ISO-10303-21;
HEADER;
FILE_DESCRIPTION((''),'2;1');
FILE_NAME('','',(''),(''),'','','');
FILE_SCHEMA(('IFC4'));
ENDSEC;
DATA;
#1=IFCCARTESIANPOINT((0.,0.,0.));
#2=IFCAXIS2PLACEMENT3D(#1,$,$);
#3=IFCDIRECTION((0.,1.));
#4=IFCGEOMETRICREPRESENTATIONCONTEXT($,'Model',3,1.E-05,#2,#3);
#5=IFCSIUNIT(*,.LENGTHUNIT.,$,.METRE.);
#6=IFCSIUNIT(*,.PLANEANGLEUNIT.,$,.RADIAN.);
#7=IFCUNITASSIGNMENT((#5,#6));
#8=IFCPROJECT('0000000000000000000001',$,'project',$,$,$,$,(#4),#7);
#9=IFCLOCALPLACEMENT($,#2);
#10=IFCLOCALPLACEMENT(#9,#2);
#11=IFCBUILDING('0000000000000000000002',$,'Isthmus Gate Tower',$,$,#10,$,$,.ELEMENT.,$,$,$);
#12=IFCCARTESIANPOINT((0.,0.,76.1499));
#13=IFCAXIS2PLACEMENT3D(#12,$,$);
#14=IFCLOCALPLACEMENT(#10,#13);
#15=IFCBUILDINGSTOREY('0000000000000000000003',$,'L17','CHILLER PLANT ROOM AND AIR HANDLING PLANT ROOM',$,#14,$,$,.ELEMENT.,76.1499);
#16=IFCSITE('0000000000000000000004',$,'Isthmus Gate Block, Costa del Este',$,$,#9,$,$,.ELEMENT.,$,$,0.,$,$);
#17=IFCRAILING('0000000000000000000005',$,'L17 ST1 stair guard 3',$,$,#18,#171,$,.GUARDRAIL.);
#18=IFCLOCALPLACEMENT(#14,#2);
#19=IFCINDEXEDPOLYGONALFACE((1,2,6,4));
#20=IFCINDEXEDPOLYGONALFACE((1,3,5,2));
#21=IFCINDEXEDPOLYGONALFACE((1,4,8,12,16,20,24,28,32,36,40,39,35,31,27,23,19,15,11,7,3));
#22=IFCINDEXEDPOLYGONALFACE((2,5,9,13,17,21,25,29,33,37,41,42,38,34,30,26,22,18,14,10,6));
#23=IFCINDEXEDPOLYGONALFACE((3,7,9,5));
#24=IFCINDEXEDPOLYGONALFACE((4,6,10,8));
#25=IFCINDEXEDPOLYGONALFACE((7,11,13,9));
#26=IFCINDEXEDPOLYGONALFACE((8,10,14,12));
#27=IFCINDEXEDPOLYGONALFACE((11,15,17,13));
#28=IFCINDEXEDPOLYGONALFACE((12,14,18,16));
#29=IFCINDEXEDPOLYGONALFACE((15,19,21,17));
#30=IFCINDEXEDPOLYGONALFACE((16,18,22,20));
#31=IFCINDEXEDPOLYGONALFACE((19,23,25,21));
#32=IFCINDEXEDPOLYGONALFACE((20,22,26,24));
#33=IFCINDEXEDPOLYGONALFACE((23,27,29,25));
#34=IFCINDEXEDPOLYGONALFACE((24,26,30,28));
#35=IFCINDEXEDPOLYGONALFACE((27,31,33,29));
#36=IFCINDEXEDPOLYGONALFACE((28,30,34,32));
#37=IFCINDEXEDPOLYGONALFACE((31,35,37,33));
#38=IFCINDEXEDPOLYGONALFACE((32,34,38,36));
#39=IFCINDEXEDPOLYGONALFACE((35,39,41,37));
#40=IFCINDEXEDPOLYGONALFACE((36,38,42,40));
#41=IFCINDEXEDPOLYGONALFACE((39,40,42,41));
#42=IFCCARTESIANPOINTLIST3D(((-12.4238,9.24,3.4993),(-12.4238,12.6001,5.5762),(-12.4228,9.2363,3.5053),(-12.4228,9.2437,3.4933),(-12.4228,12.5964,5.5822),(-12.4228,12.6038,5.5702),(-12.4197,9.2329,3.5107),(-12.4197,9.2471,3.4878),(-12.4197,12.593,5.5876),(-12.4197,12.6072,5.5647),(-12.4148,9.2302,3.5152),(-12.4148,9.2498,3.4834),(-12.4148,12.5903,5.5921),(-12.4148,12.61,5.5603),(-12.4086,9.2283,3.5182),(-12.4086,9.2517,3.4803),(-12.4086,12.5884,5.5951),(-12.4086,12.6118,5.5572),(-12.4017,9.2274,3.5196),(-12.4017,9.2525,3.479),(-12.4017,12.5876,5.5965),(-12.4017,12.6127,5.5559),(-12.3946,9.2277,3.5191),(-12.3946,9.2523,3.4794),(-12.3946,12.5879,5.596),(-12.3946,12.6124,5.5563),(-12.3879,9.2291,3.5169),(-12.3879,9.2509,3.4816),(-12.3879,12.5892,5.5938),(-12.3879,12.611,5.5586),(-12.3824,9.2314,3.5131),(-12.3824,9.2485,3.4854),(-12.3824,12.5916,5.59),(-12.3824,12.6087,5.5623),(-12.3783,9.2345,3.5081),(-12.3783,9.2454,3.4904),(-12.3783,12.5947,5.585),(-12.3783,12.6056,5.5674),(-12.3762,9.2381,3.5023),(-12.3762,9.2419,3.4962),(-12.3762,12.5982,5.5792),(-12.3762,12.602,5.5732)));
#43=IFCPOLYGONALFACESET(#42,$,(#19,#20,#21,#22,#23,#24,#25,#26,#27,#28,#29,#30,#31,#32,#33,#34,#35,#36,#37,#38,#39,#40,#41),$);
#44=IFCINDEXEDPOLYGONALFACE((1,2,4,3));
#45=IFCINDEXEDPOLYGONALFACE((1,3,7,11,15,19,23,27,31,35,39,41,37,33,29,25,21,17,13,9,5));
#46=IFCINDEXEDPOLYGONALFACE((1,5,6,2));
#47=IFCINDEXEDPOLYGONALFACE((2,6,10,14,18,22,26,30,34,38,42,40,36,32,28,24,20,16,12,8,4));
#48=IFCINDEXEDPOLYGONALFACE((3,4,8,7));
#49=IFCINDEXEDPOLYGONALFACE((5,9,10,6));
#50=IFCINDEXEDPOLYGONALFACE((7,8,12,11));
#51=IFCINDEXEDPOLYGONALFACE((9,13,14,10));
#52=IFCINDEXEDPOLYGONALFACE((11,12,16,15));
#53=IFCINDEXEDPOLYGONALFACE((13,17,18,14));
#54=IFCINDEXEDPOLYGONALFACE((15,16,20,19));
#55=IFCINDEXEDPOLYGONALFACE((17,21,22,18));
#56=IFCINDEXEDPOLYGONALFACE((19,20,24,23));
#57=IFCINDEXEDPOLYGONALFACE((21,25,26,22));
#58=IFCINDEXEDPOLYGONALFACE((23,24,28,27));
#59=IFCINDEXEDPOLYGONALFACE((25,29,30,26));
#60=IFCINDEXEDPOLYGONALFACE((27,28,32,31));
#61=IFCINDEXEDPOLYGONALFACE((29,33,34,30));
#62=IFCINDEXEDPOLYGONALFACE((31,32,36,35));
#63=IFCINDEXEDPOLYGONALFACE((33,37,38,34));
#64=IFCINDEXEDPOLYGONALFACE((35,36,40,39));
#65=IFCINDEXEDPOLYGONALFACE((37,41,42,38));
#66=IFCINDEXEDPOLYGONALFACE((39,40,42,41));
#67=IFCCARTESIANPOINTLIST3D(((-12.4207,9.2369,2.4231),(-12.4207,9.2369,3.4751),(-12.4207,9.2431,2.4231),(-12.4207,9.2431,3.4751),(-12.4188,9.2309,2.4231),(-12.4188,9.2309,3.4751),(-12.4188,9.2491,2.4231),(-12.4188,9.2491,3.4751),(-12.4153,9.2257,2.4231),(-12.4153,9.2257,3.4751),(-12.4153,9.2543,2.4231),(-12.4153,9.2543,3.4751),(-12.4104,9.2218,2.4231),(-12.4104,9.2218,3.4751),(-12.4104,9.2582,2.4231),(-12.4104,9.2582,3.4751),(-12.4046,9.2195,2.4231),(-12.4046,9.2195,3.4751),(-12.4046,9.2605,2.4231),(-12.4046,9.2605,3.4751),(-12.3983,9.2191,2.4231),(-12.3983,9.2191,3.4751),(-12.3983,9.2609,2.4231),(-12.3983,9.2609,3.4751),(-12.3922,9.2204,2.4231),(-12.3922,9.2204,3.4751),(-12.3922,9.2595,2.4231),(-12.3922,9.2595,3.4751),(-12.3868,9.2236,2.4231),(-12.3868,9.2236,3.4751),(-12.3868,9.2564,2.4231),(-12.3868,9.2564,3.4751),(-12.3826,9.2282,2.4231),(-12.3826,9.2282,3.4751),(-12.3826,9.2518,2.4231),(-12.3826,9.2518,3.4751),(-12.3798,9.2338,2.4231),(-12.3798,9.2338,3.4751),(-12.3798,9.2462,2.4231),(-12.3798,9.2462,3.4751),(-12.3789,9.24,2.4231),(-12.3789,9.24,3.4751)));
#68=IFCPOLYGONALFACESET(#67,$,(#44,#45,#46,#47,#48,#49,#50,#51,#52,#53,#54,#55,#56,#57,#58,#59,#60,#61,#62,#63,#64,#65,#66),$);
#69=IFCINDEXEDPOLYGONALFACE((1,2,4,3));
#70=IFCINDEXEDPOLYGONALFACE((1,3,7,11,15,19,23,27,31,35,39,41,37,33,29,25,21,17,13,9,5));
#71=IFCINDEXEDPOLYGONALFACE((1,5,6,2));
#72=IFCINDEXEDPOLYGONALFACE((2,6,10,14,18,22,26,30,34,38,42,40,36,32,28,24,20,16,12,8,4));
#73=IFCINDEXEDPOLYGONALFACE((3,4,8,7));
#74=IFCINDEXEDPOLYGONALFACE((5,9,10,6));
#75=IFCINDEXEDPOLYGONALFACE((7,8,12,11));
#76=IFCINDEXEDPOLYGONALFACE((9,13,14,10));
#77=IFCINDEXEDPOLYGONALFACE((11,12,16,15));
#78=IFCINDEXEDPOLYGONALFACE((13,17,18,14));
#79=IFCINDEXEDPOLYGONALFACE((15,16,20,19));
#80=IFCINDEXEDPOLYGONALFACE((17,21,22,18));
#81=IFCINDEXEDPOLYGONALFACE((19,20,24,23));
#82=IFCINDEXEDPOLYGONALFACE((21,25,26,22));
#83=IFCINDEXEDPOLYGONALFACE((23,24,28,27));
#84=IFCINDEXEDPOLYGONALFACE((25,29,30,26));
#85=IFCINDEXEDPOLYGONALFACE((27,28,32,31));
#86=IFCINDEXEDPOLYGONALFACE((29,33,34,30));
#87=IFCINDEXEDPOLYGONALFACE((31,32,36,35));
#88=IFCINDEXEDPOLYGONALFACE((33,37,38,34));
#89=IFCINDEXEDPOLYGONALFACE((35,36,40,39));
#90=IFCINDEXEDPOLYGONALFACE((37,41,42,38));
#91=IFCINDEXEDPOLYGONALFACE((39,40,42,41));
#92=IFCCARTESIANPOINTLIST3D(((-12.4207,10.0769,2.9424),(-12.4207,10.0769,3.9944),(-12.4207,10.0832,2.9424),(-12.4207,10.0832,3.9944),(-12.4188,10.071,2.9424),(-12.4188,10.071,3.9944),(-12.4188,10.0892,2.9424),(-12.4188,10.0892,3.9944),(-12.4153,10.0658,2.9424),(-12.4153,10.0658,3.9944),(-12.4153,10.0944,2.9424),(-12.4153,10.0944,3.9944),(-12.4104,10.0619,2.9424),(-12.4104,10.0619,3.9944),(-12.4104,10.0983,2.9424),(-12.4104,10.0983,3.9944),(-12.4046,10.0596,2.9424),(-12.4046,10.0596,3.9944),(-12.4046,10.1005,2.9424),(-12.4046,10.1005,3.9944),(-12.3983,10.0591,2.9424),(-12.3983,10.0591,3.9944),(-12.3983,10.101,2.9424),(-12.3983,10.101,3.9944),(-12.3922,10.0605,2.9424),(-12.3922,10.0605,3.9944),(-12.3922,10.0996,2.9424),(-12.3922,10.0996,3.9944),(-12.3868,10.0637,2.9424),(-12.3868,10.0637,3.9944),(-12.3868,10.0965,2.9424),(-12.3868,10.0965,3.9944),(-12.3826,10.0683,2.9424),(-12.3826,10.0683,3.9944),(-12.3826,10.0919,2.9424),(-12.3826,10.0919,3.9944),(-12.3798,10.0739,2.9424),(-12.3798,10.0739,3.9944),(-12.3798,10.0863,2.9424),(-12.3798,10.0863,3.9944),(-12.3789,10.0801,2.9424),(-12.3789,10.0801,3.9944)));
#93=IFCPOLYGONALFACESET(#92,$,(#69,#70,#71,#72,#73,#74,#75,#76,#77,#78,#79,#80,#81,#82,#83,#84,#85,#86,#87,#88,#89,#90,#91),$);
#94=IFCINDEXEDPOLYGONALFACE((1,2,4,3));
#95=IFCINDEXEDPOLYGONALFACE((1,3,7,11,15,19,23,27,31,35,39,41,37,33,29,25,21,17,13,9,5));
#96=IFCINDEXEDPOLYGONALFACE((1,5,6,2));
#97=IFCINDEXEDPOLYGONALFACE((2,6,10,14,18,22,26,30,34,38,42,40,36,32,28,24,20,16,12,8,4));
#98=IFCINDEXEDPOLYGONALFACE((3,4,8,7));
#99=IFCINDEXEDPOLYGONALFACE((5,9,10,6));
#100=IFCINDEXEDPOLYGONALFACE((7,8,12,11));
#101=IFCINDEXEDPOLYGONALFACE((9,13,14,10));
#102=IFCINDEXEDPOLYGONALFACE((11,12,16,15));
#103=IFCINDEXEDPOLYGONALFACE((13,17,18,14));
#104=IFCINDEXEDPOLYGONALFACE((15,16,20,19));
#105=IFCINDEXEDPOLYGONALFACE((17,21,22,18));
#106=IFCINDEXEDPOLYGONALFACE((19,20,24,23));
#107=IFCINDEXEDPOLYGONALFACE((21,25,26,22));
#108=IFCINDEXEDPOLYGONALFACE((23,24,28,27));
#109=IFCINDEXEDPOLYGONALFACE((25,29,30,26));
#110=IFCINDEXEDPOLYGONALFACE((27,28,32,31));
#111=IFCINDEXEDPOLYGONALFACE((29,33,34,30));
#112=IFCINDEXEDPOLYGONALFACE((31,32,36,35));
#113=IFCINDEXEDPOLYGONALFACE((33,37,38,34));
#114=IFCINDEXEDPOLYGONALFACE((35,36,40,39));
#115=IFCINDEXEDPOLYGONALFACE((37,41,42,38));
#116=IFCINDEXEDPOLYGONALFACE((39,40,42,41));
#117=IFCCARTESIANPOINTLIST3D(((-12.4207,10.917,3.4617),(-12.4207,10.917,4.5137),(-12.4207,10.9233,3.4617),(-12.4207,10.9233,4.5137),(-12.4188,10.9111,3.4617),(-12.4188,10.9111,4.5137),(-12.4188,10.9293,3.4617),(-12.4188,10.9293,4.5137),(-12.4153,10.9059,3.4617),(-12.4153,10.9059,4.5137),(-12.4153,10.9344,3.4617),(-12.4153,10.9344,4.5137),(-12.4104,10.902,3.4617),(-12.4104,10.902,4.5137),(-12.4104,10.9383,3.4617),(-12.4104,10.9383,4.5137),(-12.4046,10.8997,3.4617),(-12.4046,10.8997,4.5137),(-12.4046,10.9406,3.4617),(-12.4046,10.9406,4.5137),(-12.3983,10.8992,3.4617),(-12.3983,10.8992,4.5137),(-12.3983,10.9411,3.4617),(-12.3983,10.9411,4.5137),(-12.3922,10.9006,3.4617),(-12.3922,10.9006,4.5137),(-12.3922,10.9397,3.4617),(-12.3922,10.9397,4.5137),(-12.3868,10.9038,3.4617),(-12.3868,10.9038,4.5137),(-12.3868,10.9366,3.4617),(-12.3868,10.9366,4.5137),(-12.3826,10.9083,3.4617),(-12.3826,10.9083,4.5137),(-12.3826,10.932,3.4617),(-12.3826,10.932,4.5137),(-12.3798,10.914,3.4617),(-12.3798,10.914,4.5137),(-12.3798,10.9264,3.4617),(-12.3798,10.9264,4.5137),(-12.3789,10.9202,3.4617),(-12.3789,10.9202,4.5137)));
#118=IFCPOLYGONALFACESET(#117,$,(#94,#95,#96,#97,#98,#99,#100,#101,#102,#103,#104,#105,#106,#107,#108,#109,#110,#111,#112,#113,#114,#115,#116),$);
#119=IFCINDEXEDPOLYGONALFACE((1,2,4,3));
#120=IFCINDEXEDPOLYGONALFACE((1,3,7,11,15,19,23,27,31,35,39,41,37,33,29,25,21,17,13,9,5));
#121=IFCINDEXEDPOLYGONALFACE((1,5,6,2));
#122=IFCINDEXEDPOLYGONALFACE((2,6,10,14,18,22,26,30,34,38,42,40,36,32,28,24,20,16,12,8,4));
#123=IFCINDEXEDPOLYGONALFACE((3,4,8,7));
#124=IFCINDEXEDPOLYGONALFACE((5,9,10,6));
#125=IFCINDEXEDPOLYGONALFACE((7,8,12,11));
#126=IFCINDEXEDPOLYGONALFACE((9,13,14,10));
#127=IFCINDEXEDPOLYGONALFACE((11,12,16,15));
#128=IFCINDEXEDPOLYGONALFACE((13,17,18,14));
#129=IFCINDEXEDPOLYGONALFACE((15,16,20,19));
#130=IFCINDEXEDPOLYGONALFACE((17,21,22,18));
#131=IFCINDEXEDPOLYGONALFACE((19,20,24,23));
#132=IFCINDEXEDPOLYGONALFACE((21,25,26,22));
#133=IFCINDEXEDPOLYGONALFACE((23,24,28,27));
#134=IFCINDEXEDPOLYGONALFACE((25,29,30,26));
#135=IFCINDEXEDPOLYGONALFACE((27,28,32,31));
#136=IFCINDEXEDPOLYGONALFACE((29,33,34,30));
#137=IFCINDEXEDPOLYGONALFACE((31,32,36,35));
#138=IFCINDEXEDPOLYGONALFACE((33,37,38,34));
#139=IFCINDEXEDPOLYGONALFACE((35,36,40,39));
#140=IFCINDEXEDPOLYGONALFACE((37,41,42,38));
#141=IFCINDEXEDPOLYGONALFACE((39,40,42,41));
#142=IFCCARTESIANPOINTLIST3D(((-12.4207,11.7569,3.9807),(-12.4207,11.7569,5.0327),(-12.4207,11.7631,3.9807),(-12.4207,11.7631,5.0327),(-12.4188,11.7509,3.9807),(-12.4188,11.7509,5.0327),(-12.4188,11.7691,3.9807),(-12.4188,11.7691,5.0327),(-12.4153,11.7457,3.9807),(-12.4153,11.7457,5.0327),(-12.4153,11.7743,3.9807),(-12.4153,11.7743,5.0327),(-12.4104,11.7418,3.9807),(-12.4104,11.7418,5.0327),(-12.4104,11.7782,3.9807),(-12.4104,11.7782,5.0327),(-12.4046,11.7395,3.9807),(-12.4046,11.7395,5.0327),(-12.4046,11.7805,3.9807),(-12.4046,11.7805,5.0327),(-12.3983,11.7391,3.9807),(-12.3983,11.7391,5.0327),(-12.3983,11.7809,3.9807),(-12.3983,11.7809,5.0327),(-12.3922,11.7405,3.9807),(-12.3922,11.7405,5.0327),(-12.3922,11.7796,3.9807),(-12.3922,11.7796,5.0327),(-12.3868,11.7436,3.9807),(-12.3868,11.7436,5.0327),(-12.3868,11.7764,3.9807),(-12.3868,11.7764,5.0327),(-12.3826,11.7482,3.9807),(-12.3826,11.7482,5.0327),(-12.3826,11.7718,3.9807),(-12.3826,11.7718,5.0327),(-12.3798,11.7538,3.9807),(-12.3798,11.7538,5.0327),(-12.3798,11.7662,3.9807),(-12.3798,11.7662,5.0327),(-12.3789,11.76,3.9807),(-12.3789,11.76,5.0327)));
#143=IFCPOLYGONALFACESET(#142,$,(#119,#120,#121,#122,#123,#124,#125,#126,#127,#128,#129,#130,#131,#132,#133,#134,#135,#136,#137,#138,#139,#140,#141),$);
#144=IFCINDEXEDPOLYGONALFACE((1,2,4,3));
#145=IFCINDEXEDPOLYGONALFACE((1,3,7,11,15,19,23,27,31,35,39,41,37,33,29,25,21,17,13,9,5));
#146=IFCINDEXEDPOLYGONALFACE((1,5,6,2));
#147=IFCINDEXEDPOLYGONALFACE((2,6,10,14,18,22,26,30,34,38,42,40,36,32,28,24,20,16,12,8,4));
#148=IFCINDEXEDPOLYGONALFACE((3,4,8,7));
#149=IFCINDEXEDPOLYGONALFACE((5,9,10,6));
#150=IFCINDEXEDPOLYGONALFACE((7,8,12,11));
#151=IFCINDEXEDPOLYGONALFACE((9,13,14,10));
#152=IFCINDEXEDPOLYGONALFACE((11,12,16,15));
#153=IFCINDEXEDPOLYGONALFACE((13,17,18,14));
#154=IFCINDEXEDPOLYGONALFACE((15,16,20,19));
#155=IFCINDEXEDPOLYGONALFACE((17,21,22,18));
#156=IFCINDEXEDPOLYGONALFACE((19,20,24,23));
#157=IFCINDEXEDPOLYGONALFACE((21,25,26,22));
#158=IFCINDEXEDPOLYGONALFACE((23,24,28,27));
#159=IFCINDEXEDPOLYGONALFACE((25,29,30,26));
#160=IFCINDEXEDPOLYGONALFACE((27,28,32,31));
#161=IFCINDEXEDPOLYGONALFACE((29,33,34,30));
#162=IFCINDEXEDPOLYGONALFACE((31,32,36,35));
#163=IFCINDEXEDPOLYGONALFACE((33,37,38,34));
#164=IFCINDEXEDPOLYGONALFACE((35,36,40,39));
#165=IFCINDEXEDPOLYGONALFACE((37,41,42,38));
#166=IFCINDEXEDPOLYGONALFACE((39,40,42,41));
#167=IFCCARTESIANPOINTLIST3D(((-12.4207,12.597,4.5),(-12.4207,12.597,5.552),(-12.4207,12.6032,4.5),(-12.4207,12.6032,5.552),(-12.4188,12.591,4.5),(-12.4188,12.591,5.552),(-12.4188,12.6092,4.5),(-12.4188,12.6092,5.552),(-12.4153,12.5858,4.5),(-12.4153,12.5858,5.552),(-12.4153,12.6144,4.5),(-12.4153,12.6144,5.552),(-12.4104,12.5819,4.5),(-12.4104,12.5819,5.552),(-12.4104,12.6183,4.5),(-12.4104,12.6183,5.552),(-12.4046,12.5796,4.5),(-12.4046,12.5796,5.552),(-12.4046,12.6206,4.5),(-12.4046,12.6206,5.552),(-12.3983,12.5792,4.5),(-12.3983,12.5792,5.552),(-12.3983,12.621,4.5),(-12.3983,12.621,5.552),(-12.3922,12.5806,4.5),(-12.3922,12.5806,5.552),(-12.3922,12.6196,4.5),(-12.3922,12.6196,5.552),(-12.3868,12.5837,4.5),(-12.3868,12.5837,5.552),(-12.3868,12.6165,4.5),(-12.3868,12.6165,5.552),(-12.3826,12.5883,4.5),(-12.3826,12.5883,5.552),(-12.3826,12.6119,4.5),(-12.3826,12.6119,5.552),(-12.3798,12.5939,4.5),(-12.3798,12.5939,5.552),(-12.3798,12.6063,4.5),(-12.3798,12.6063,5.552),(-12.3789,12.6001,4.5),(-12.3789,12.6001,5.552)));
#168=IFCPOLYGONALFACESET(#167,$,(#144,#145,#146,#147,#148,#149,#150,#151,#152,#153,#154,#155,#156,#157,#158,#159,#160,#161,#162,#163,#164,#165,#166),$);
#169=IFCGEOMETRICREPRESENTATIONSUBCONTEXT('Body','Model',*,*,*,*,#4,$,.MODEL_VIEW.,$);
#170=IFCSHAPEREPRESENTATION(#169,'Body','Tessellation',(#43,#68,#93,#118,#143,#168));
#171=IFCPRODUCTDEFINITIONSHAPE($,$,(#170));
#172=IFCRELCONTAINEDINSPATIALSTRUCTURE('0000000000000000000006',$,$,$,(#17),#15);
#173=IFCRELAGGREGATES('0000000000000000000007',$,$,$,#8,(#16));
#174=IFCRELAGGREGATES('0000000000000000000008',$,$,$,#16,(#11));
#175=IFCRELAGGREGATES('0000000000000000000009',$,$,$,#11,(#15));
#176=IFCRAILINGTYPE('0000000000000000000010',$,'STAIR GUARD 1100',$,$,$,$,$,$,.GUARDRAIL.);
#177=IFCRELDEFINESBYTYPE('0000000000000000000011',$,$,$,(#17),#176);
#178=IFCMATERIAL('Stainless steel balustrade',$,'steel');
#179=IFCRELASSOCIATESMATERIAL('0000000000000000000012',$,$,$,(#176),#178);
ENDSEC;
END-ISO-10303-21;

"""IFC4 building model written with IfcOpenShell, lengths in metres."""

from ifc_helpers import new_model, si_unit, direction, frame, origin, origin_2d, place, context, subcontext, project, spatial, circle, extrude, material, type_object, element, save


model = new_model("IFC4")

# Units and contexts
model_context = context("Model", 3, precision=1e-05, world=origin(), true_north=direction((0.0, 1.0)))
body_context = subcontext(model_context, "Body", "Model", "MODEL_VIEW")
ifc_project = project(units=[si_unit("LENGTHUNIT", "METRE"), si_unit("PLANEANGLEUNIT", "RADIAN")], contexts=[model_context])

# Site, building, storey
site_placement = place(None, origin())
site = spatial("IfcSite", under=ifc_project, at=site_placement, Name="Isthmus Gate Block, Costa del Este", CompositionType="ELEMENT", RefElevation=0.0)
building_placement = place(site_placement, origin())
building = spatial("IfcBuilding", under=site, at=building_placement, Name="Isthmus Gate Tower", CompositionType="ELEMENT")
storey_placement = place(building_placement, frame((0.0, 0.0, 76.1499)))
storey = spatial("IfcBuildingStorey", under=building, at=storey_placement, Name="L17", Description="CHILLER PLANT ROOM AND AIR HANDLING PLANT ROOM", CompositionType="ELEMENT", Elevation=76.1499)

# Railing
ifc_material_1 = material(Name="Stainless steel balustrade", Category="steel")
railing_type_1 = type_object("IfcRailingType", Name="STAIR GUARD 1100", PredefinedType="GUARDRAIL", material=ifc_material_1)
for number, where, name in (
    (1, (-12.3999, 9.24, 2.4231), "L17 ST1 stair guard 3"),
):
    element("IfcRailing", number, at=place(storey_placement, frame(where)), inside=storey, type_object=railing_type_1, Name=name, PredefinedType="GUARDRAIL", context=body_context, shape_type="SweptSolid", body=[
        extrude(circle(Radius=0.0239, at=origin_2d()), frame((0.0, 0.0, 1.0762), z_axis=(0.0, 0.850623, 0.525776), x_axis=(-1.0, 0.0, 0.0)), (0.0, 0.0, 1.0), 3.9502),
        extrude(circle(Radius=0.021, at=origin_2d()), origin(), (0.0, 0.0, 1.0), 1.052),
        extrude(circle(Radius=0.021, at=origin_2d()), frame((0.0, 0.8401, 0.5193)), (0.0, 0.0, 1.0), 1.052),
        extrude(circle(Radius=0.021, at=origin_2d()), frame((0.0, 1.6802, 1.0386)), (0.0, 0.0, 1.0), 1.052),
        extrude(circle(Radius=0.021, at=origin_2d()), frame((0.0, 2.52, 1.5576)), (0.0, 0.0, 1.0), 1.052),
        extrude(circle(Radius=0.021, at=origin_2d()), frame((0.0, 3.3601, 2.0769)), (0.0, 0.0, 1.0), 1.052),
    ])

save(model, "model.ifc")
